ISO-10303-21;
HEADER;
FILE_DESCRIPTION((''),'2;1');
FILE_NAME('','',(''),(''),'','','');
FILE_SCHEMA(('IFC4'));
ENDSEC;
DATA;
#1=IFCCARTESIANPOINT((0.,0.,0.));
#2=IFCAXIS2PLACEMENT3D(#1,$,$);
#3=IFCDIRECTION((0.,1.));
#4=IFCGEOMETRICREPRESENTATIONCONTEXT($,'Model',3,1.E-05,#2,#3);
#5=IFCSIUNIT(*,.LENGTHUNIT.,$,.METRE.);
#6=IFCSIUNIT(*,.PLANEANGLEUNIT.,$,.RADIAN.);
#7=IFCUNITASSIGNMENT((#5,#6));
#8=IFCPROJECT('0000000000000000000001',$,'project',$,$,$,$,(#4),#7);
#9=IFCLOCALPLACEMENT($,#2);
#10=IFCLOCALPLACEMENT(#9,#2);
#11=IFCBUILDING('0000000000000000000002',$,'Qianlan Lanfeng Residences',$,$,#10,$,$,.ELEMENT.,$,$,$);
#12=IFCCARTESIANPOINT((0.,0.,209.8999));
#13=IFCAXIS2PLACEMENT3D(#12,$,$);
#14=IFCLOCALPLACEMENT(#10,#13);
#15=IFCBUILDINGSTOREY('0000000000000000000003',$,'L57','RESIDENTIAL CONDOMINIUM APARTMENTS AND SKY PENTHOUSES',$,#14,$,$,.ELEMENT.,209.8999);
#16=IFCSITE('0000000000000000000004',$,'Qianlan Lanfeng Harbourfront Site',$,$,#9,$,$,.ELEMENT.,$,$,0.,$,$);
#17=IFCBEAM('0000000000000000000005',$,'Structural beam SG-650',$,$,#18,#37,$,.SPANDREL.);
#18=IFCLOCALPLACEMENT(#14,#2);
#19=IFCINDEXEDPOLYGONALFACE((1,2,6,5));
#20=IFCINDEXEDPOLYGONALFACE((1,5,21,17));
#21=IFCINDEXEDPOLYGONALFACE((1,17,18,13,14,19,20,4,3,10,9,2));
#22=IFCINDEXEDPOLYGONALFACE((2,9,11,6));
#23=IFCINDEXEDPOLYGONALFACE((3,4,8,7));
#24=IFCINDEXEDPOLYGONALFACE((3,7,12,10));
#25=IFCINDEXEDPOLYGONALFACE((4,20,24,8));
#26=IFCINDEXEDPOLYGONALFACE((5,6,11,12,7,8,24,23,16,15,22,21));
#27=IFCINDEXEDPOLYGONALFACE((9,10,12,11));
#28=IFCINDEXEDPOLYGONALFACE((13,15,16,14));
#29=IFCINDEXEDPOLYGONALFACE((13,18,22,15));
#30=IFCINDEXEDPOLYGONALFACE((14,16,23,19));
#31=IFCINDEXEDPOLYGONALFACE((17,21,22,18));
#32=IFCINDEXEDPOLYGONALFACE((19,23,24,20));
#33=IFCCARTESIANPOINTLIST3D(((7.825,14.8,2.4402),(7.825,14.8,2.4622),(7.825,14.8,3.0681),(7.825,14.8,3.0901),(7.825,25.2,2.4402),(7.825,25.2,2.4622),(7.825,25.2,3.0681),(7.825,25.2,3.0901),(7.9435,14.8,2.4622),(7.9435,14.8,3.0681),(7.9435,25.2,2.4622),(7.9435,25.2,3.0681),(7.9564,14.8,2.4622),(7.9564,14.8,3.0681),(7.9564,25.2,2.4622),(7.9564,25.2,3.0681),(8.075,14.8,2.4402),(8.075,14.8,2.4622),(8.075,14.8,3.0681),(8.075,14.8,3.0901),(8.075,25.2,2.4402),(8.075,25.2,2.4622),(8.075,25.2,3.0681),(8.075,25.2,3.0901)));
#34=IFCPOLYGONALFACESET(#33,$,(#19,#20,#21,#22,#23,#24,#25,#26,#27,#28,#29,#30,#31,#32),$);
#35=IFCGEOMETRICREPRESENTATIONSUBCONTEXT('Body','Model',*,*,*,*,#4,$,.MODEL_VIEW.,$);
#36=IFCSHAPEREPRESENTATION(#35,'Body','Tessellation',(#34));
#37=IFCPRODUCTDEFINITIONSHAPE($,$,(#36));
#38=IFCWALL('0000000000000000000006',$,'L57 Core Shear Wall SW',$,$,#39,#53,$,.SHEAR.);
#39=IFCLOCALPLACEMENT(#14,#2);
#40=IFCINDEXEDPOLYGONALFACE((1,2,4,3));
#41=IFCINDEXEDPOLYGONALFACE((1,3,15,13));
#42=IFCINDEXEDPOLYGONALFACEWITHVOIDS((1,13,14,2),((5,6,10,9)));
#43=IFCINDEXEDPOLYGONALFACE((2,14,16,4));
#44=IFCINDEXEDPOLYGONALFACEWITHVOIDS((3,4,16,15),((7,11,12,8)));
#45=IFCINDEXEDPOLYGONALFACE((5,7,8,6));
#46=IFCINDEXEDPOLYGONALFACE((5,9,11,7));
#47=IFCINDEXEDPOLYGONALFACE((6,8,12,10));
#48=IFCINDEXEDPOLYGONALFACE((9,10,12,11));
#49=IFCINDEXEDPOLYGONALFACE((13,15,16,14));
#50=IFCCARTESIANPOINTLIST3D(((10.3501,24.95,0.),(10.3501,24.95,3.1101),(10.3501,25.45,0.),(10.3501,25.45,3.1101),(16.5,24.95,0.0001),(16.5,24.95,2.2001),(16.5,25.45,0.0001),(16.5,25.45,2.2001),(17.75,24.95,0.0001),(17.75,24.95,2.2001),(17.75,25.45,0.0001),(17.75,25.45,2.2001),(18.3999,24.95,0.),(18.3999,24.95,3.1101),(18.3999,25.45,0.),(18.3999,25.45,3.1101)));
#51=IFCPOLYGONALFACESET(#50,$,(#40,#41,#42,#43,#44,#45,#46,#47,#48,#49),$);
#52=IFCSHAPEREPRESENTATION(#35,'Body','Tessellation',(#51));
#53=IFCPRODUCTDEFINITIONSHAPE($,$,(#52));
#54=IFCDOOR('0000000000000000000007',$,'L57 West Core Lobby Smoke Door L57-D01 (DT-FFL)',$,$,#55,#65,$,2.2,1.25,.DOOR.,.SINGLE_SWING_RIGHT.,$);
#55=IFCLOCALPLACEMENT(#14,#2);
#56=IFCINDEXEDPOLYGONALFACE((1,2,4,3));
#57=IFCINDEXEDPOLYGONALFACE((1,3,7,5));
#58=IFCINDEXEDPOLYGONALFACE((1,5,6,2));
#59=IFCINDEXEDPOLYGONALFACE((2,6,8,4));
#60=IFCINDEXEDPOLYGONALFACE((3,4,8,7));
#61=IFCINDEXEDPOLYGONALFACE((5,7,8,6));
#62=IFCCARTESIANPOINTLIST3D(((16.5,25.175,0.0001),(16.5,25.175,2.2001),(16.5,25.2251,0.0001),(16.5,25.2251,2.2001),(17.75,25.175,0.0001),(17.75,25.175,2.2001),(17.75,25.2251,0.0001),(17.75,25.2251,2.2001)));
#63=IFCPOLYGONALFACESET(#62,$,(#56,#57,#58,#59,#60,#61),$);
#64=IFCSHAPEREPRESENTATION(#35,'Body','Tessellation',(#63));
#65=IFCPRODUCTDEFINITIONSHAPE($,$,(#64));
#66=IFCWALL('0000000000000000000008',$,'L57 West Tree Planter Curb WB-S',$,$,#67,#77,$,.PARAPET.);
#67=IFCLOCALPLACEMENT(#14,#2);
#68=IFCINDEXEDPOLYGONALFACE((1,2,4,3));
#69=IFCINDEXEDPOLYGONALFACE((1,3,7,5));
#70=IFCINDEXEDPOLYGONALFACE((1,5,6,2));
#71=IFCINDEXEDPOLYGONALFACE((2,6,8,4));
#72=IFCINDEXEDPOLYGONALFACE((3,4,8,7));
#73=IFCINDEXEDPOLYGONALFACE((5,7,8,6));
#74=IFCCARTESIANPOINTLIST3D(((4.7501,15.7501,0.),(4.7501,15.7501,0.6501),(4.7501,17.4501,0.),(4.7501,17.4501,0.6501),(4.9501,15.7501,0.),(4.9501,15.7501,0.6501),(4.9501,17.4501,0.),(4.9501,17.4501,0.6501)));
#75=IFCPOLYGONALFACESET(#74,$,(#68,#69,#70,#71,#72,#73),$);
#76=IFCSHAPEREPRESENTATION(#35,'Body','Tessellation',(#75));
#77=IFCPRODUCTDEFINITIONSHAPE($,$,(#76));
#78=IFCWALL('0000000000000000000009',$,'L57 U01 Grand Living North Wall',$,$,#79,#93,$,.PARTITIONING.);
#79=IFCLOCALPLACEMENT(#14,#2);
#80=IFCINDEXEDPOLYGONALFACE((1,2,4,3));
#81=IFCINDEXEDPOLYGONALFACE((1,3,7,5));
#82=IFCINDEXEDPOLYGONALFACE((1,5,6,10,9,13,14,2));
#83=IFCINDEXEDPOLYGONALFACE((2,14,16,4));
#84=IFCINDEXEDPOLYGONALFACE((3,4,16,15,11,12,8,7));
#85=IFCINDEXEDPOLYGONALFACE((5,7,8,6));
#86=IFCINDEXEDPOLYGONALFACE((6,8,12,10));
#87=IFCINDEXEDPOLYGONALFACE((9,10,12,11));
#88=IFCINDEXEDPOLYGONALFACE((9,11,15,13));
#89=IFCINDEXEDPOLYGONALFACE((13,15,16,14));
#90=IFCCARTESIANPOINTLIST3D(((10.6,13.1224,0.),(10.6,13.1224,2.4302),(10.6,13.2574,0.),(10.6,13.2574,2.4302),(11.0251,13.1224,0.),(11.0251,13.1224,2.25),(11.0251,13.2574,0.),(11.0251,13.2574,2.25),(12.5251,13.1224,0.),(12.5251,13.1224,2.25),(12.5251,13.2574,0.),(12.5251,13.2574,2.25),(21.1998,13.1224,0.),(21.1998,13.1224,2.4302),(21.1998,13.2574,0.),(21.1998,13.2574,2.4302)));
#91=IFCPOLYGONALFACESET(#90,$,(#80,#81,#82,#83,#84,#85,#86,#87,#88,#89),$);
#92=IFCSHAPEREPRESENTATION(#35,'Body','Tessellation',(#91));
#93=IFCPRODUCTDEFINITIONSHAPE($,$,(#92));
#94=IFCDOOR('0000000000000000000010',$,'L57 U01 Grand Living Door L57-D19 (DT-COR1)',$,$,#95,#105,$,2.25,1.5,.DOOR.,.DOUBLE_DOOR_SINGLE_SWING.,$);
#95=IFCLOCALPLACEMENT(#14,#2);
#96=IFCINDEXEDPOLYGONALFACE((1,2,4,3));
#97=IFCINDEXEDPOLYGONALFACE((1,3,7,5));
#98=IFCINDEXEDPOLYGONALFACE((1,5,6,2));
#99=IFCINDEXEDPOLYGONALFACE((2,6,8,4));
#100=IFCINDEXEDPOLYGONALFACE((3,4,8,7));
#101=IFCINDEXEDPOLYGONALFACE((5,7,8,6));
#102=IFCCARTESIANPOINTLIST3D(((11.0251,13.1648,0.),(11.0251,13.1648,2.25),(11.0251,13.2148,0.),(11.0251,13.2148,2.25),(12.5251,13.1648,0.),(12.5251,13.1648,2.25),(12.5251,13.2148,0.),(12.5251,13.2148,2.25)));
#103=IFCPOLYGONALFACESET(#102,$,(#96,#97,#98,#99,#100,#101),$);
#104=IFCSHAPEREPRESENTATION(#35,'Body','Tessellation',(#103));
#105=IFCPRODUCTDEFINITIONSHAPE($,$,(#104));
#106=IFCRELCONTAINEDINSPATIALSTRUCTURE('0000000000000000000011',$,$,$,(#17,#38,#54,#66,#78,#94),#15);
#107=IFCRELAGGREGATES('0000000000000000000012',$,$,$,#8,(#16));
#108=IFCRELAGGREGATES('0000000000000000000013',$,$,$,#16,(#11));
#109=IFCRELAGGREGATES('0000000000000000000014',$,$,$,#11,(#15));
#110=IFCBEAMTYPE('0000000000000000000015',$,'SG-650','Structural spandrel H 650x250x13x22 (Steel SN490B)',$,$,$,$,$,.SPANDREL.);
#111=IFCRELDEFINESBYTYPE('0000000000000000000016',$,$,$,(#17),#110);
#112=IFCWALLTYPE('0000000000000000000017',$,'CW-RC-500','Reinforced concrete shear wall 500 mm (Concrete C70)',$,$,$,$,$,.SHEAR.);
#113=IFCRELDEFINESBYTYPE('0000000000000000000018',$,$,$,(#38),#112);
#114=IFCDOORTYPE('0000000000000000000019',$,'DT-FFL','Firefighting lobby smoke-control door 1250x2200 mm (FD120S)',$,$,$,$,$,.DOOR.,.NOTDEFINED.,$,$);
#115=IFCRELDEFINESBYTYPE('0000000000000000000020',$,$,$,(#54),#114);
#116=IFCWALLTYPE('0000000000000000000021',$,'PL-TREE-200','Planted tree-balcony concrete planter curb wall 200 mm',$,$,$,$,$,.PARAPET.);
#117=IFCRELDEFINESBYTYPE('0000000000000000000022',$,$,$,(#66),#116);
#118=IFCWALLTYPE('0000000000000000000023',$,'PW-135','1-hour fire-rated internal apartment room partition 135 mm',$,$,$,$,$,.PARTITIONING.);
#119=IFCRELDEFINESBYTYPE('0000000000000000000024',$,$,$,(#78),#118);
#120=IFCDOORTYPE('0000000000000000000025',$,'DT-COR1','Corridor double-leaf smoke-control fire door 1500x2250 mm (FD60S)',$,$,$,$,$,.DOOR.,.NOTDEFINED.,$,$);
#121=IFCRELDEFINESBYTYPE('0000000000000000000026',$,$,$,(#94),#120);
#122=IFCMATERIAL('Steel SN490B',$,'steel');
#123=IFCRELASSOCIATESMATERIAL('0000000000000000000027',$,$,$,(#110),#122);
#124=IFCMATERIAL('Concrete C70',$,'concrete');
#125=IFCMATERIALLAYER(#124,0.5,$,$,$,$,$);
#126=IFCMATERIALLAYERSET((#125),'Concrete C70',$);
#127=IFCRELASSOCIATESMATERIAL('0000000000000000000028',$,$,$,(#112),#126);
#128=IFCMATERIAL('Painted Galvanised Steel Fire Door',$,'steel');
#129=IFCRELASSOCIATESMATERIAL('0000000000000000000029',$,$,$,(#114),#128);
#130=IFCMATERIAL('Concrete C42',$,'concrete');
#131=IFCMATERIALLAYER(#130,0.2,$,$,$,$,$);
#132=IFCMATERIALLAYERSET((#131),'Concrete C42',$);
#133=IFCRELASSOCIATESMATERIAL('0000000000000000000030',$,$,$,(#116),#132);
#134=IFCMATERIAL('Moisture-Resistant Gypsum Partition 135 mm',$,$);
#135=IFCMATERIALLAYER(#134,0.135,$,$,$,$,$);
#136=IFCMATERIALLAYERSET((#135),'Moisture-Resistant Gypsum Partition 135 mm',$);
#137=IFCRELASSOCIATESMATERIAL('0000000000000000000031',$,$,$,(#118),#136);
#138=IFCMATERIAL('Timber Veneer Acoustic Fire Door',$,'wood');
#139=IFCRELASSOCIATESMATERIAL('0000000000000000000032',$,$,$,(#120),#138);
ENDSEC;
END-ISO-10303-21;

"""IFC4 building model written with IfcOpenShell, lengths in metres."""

from ifc_helpers import new_model, si_unit, direction, frame, frame_2d, origin, origin_2d, place, context, subcontext, project, spatial, rectangle, i_section, extrude, material, layer, layer_set, material_profile, profile_set, type_object, element, fill, save


model = new_model("IFC4")

# Units and contexts
model_context = context("Model", 3, precision=1e-05, world=origin(), true_north=direction((0.0, 1.0)))
body_context = subcontext(model_context, "Body", "Model", "MODEL_VIEW")
ifc_project = project(units=[si_unit("LENGTHUNIT", "METRE"), si_unit("PLANEANGLEUNIT", "RADIAN")], contexts=[model_context])

# Site, building, storey
site_placement = place(None, origin())
site = spatial("IfcSite", under=ifc_project, at=site_placement, Name="Qianlan Lanfeng Harbourfront Site", CompositionType="ELEMENT", RefElevation=0.0)
building_placement = place(site_placement, origin())
building = spatial("IfcBuilding", under=site, at=building_placement, Name="Qianlan Lanfeng Residences", CompositionType="ELEMENT")
storey_placement = place(building_placement, frame((0.0, 0.0, 209.8999)))
storey = spatial("IfcBuildingStorey", under=building, at=storey_placement, Name="L57", Description="RESIDENTIAL CONDOMINIUM APARTMENTS AND SKY PENTHOUSES", CompositionType="ELEMENT", Elevation=209.8999)

# Shared definitions
ifc_material_1 = material(Name="Steel SN490B", Category="steel")

# Beam
ifc_material_profile_1 = material_profile(ifc_material_1, i_section(OverallWidth=0.25, OverallDepth=0.6499, WebThickness=0.0129, FlangeThickness=0.022, at=origin_2d()), Name="H 650x250x13x22")
ifc_profile_set_1 = profile_set([ifc_material_profile_1], Name="Steel SN490B")
beam_type_1 = type_object("IfcBeamType", Name="SG-650", Description="Structural spandrel H 650x250x13x22 (Steel SN490B)", PredefinedType="SPANDREL", material=ifc_profile_set_1)
beam_1_placement = place(storey_placement, frame((7.95, 14.8, 2.7651), z_axis=(0.0, 1.0, 0.0), x_axis=(-1.0, 0.0, 0.0)))
element("IfcBeam", 1, at=beam_1_placement, inside=storey, type_object=beam_type_1, Name="Structural beam SG-650", PredefinedType="SPANDREL", context=body_context, shape_type="SweptSolid", body=[
    extrude(i_section(OverallWidth=0.25, OverallDepth=0.6499, WebThickness=0.0129, FlangeThickness=0.022, at=origin_2d()), origin(), (0.0, 0.0, 1.0), 10.3999),
])

# Wall, opening, door
ifc_material_2 = material(Name="Concrete C70", Category="concrete")
ifc_layer_1 = layer(ifc_material_2, 0.5)
ifc_layer_set_1 = layer_set([ifc_layer_1], Name="Concrete C70")
wall_type_1 = type_object("IfcWallType", Name="CW-RC-500", Description="Reinforced concrete shear wall 500 mm (Concrete C70)", PredefinedType="SHEAR", material=ifc_layer_set_1)
wall_1_placement = place(storey_placement, frame((10.3501, 25.2, 0.0), z_axis=(0.0, 0.0, 1.0), x_axis=(1.0, 0.0, 0.0)))
wall_1 = element("IfcWall", 2, at=wall_1_placement, inside=storey, type_object=wall_type_1, Name="L57 Core Shear Wall SW", PredefinedType="SHEAR", context=body_context, shape_type="SweptSolid", body=[
    extrude(rectangle(XDim=8.0498, YDim=0.5, at=frame_2d((4.0249, 0.0))), origin(), (0.0, 0.0, 1.0), 3.1101),
])
opening_1_placement = place(wall_1_placement, frame((6.1499, 0.0, 0.0)))
opening_1 = element("IfcOpeningElement", 3, at=opening_1_placement, cuts=wall_1, PredefinedType="OPENING", context=body_context, shape_type="SweptSolid", body=[
    extrude(rectangle(XDim=1.25, YDim=2.2, at=frame_2d((0.625, 1.1001))), frame((0.0, 0.26, 0.0), z_axis=(0.0, -1.0, 0.0), x_axis=(1.0, 0.0, 0.0)), (0.0, 0.0, 1.0), 0.52),
])
ifc_material_3 = material(Name="Painted Galvanised Steel Fire Door", Category="steel")
door_type_1 = type_object("IfcDoorType", Name="DT-FFL", Description="Firefighting lobby smoke-control door 1250x2200 mm (FD120S)", OperationType="NOTDEFINED", PredefinedType="DOOR", material=ifc_material_3)
door_1_placement = place(opening_1_placement, frame((1.25, 0.0, 0.0), z_axis=(0.0, 0.0, 1.0), x_axis=(-1.0, 0.0, 0.0)))
door_1 = element("IfcDoor", 4, at=door_1_placement, inside=storey, type_object=door_type_1, Name="L57 West Core Lobby Smoke Door L57-D01 (DT-FFL)", OperationType="SINGLE_SWING_RIGHT", OverallHeight=2.2, OverallWidth=1.25, PredefinedType="DOOR", context=body_context, shape_type="SweptSolid", body=[
    extrude(rectangle(XDim=1.25, YDim=2.2, at=frame_2d((0.625, 1.1001))), frame((0.0, 0.0249, 0.0), z_axis=(0.0, -1.0, 0.0), x_axis=(1.0, 0.0, 0.0)), (0.0, 0.0, 1.0), 0.05),
])
fill(opening_1, door_1)

# Wall
ifc_material_4 = material(Name="Concrete C42", Category="concrete")
ifc_layer_2 = layer(ifc_material_4, 0.2)
ifc_layer_set_2 = layer_set([ifc_layer_2], Name="Concrete C42")
wall_type_2 = type_object("IfcWallType", Name="PL-TREE-200", Description="Planted tree-balcony concrete planter curb wall 200 mm", PredefinedType="PARAPET", material=ifc_layer_set_2)
wall_2_placement = place(storey_placement, frame((4.8501, 15.75, 0.0), z_axis=(0.0, 0.0, 1.0), x_axis=(0.0, 1.0, 0.0)))
element("IfcWall", 5, at=wall_2_placement, inside=storey, type_object=wall_type_2, Name="L57 West Tree Planter Curb WB-S", PredefinedType="PARAPET", context=body_context, shape_type="SweptSolid", body=[
    extrude(rectangle(XDim=1.7, YDim=0.2, at=frame_2d((0.8501, 0.0))), origin(), (0.0, 0.0, 1.0), 0.6501),
])

# Wall, opening, door
ifc_material_5 = material(Name="Moisture-Resistant Gypsum Partition 135 mm")
ifc_layer_3 = layer(ifc_material_5, 0.135)
ifc_layer_set_3 = layer_set([ifc_layer_3], Name="Moisture-Resistant Gypsum Partition 135 mm")
wall_type_3 = type_object("IfcWallType", Name="PW-135", Description="1-hour fire-rated internal apartment room partition 135 mm", PredefinedType="PARTITIONING", material=ifc_layer_set_3)
wall_3_placement = place(storey_placement, frame((10.6001, 13.1899, 0.0), z_axis=(0.0, 0.0, 1.0), x_axis=(1.0, 0.0, 0.0)))
wall_3 = element("IfcWall", 6, at=wall_3_placement, inside=storey, type_object=wall_type_3, Name="L57 U01 Grand Living North Wall", PredefinedType="PARTITIONING", context=body_context, shape_type="SweptSolid", body=[
    extrude(rectangle(XDim=10.5999, YDim=0.135, at=frame_2d((5.2998, 0.0))), origin(), (0.0, 0.0, 1.0), 2.4302),
])
opening_2_placement = place(wall_3_placement, frame((0.425, 0.0, 0.0)))
opening_2 = element("IfcOpeningElement", 7, at=opening_2_placement, cuts=wall_3, PredefinedType="OPENING", context=body_context, shape_type="SweptSolid", body=[
    extrude(rectangle(XDim=1.5, YDim=2.25, at=frame_2d((0.75, 1.125))), frame((0.0, 0.0776, 0.0), z_axis=(0.0, -1.0, 0.0), x_axis=(1.0, 0.0, 0.0)), (0.0, 0.0, 1.0), 0.155),
])
ifc_material_6 = material(Name="Timber Veneer Acoustic Fire Door", Category="wood")
door_type_2 = type_object("IfcDoorType", Name="DT-COR1", Description="Corridor double-leaf smoke-control fire door 1500x2250 mm (FD60S)", OperationType="NOTDEFINED", PredefinedType="DOOR", material=ifc_material_6)
door_2_placement = place(opening_2_placement, origin())
door_2 = element("IfcDoor", 8, at=door_2_placement, inside=storey, type_object=door_type_2, Name="L57 U01 Grand Living Door L57-D19 (DT-COR1)", OperationType="DOUBLE_DOOR_SINGLE_SWING", OverallHeight=2.25, OverallWidth=1.5, PredefinedType="DOOR", context=body_context, shape_type="SweptSolid", body=[
    extrude(rectangle(XDim=1.5, YDim=2.25, at=frame_2d((0.75, 1.125))), frame((0.0, 0.0249, 0.0), z_axis=(0.0, -1.0, 0.0), x_axis=(1.0, 0.0, 0.0)), (0.0, 0.0, 1.0), 0.05),
])
fill(opening_2, door_2)

save(model, "model.ifc")
